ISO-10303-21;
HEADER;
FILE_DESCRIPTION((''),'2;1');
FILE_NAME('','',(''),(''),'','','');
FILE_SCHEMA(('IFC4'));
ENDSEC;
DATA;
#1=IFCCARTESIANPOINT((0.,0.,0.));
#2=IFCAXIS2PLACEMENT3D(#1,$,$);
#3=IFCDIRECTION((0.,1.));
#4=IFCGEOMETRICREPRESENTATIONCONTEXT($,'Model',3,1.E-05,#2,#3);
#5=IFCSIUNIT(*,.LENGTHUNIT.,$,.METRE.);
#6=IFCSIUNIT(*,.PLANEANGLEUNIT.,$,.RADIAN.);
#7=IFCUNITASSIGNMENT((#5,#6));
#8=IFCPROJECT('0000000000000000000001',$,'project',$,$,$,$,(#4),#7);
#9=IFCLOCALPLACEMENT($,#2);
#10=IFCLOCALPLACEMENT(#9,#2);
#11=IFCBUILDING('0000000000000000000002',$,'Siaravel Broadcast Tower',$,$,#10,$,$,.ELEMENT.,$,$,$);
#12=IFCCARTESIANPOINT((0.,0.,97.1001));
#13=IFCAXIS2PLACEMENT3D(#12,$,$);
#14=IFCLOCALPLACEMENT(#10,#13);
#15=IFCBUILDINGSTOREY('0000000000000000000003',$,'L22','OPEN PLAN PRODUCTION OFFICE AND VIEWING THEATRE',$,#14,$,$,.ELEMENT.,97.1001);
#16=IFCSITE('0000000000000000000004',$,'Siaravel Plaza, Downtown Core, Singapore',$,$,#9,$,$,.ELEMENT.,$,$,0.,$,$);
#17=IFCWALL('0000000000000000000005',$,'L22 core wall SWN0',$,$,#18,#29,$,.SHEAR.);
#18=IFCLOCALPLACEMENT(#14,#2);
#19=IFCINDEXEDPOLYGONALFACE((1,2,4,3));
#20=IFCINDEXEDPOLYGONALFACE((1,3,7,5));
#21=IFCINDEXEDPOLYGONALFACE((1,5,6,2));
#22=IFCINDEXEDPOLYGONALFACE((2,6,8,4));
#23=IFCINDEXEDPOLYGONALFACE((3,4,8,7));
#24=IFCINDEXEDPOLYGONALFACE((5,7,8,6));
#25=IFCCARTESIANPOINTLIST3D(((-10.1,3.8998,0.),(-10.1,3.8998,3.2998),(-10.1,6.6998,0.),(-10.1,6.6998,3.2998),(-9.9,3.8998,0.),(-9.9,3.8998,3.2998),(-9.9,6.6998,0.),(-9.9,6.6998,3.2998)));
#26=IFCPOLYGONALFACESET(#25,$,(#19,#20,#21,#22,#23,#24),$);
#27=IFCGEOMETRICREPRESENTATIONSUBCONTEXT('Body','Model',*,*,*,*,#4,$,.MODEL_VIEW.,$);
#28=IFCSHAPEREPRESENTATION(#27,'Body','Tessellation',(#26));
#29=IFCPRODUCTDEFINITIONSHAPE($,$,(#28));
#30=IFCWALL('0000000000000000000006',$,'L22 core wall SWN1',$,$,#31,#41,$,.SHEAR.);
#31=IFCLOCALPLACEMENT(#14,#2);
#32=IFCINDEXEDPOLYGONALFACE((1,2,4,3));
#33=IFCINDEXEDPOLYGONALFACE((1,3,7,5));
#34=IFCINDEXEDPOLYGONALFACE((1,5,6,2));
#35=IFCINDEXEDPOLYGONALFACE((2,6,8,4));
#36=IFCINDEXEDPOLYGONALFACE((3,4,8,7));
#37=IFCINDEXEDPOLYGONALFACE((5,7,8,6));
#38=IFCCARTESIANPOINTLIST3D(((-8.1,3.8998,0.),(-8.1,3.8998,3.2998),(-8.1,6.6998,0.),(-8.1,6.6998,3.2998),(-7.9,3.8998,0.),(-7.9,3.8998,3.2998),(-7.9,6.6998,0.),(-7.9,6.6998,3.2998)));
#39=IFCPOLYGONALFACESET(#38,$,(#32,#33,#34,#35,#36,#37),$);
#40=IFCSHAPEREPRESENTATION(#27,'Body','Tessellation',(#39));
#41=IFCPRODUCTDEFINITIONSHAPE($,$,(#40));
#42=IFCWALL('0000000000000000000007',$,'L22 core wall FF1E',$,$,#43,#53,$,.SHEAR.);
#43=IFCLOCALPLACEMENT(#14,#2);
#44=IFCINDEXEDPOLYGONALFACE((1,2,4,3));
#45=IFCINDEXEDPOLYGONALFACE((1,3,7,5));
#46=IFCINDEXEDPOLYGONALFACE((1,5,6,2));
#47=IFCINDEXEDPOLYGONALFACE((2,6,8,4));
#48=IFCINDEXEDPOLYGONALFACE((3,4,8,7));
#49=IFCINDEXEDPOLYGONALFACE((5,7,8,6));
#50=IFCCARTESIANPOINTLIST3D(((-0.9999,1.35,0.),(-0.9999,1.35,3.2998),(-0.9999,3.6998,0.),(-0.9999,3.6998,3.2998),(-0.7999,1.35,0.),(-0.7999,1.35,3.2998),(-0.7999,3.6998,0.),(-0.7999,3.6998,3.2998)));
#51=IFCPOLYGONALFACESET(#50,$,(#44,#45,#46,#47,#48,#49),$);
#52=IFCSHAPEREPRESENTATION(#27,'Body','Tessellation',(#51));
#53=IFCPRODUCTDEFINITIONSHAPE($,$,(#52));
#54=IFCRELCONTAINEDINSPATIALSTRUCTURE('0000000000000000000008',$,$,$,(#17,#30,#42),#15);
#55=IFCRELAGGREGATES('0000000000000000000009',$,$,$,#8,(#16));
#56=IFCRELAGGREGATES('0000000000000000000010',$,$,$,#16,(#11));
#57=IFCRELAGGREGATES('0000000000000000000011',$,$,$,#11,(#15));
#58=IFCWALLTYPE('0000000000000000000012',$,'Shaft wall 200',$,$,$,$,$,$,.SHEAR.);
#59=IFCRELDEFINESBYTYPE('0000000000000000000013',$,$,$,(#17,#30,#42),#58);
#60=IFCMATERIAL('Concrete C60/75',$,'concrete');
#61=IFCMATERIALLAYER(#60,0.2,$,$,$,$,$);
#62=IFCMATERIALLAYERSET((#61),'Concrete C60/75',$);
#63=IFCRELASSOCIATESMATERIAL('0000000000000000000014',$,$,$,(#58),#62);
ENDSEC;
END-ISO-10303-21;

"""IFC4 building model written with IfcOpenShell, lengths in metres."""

from ifc_helpers import new_model, si_unit, direction, frame, frame_2d, origin, place, context, subcontext, project, spatial, rectangle, extrude, material, layer, layer_set, type_object, element, save


model = new_model("IFC4")

# Units and contexts
model_context = context("Model", 3, precision=1e-05, world=origin(), true_north=direction((0.0, 1.0)))
body_context = subcontext(model_context, "Body", "Model", "MODEL_VIEW")
ifc_project = project(units=[si_unit("LENGTHUNIT", "METRE"), si_unit("PLANEANGLEUNIT", "RADIAN")], contexts=[model_context])

# Site, building, storey
site_placement = place(None, origin())
site = spatial("IfcSite", under=ifc_project, at=site_placement, Name="Siaravel Plaza, Downtown Core, Singapore", CompositionType="ELEMENT", RefElevation=0.0)
building_placement = place(site_placement, origin())
building = spatial("IfcBuilding", under=site, at=building_placement, Name="Siaravel Broadcast Tower", CompositionType="ELEMENT")
storey_placement = place(building_placement, frame((0.0, 0.0, 97.1001)))
storey = spatial("IfcBuildingStorey", under=building, at=storey_placement, Name="L22", Description="OPEN PLAN PRODUCTION OFFICE AND VIEWING THEATRE", CompositionType="ELEMENT", Elevation=97.1001)

# Shared definitions
ifc_material_1 = material(Name="Concrete C60/75", Category="concrete")

# Walls
ifc_layer_1 = layer(ifc_material_1, 0.2)
ifc_layer_set_1 = layer_set([ifc_layer_1], Name="Concrete C60/75")
wall_type_1 = type_object("IfcWallType", Name="Shaft wall 200", PredefinedType="SHEAR", material=ifc_layer_set_1)
for number, where, z_axis, x_axis, name in (
    (1, (-10.0, 3.8999, 0.0), (0.0, 0.0, 1.0), (0.0, 1.0, 0.0), "L22 core wall SWN0"),
    (2, (-8.0, 3.8999, 0.0), (0.0, 0.0, 1.0), (0.0, 1.0, 0.0), "L22 core wall SWN1"),
):
    element("IfcWall", number, at=place(storey_placement, frame(where, z_axis=z_axis, x_axis=x_axis)), inside=storey, type_object=wall_type_1, Name=name, PredefinedType="SHEAR", context=body_context, shape_type="SweptSolid", body=[
        extrude(rectangle(XDim=2.8, YDim=0.2, at=frame_2d((1.3999, 0.0))), origin(), (0.0, 0.0, 1.0), 3.2998),
    ])
wall_1_placement = place(storey_placement, frame((-0.8999, 1.3501, 0.0), z_axis=(0.0, 0.0, 1.0), x_axis=(0.0, 1.0, 0.0)))
element("IfcWall", 3, at=wall_1_placement, inside=storey, type_object=wall_type_1, Name="L22 core wall FF1E", PredefinedType="SHEAR", context=body_context, shape_type="SweptSolid", body=[
    extrude(rectangle(XDim=2.3499, YDim=0.2, at=frame_2d((1.1748, 0.0))), origin(), (0.0, 0.0, 1.0), 3.2998),
])

save(model, "model.ifc")
